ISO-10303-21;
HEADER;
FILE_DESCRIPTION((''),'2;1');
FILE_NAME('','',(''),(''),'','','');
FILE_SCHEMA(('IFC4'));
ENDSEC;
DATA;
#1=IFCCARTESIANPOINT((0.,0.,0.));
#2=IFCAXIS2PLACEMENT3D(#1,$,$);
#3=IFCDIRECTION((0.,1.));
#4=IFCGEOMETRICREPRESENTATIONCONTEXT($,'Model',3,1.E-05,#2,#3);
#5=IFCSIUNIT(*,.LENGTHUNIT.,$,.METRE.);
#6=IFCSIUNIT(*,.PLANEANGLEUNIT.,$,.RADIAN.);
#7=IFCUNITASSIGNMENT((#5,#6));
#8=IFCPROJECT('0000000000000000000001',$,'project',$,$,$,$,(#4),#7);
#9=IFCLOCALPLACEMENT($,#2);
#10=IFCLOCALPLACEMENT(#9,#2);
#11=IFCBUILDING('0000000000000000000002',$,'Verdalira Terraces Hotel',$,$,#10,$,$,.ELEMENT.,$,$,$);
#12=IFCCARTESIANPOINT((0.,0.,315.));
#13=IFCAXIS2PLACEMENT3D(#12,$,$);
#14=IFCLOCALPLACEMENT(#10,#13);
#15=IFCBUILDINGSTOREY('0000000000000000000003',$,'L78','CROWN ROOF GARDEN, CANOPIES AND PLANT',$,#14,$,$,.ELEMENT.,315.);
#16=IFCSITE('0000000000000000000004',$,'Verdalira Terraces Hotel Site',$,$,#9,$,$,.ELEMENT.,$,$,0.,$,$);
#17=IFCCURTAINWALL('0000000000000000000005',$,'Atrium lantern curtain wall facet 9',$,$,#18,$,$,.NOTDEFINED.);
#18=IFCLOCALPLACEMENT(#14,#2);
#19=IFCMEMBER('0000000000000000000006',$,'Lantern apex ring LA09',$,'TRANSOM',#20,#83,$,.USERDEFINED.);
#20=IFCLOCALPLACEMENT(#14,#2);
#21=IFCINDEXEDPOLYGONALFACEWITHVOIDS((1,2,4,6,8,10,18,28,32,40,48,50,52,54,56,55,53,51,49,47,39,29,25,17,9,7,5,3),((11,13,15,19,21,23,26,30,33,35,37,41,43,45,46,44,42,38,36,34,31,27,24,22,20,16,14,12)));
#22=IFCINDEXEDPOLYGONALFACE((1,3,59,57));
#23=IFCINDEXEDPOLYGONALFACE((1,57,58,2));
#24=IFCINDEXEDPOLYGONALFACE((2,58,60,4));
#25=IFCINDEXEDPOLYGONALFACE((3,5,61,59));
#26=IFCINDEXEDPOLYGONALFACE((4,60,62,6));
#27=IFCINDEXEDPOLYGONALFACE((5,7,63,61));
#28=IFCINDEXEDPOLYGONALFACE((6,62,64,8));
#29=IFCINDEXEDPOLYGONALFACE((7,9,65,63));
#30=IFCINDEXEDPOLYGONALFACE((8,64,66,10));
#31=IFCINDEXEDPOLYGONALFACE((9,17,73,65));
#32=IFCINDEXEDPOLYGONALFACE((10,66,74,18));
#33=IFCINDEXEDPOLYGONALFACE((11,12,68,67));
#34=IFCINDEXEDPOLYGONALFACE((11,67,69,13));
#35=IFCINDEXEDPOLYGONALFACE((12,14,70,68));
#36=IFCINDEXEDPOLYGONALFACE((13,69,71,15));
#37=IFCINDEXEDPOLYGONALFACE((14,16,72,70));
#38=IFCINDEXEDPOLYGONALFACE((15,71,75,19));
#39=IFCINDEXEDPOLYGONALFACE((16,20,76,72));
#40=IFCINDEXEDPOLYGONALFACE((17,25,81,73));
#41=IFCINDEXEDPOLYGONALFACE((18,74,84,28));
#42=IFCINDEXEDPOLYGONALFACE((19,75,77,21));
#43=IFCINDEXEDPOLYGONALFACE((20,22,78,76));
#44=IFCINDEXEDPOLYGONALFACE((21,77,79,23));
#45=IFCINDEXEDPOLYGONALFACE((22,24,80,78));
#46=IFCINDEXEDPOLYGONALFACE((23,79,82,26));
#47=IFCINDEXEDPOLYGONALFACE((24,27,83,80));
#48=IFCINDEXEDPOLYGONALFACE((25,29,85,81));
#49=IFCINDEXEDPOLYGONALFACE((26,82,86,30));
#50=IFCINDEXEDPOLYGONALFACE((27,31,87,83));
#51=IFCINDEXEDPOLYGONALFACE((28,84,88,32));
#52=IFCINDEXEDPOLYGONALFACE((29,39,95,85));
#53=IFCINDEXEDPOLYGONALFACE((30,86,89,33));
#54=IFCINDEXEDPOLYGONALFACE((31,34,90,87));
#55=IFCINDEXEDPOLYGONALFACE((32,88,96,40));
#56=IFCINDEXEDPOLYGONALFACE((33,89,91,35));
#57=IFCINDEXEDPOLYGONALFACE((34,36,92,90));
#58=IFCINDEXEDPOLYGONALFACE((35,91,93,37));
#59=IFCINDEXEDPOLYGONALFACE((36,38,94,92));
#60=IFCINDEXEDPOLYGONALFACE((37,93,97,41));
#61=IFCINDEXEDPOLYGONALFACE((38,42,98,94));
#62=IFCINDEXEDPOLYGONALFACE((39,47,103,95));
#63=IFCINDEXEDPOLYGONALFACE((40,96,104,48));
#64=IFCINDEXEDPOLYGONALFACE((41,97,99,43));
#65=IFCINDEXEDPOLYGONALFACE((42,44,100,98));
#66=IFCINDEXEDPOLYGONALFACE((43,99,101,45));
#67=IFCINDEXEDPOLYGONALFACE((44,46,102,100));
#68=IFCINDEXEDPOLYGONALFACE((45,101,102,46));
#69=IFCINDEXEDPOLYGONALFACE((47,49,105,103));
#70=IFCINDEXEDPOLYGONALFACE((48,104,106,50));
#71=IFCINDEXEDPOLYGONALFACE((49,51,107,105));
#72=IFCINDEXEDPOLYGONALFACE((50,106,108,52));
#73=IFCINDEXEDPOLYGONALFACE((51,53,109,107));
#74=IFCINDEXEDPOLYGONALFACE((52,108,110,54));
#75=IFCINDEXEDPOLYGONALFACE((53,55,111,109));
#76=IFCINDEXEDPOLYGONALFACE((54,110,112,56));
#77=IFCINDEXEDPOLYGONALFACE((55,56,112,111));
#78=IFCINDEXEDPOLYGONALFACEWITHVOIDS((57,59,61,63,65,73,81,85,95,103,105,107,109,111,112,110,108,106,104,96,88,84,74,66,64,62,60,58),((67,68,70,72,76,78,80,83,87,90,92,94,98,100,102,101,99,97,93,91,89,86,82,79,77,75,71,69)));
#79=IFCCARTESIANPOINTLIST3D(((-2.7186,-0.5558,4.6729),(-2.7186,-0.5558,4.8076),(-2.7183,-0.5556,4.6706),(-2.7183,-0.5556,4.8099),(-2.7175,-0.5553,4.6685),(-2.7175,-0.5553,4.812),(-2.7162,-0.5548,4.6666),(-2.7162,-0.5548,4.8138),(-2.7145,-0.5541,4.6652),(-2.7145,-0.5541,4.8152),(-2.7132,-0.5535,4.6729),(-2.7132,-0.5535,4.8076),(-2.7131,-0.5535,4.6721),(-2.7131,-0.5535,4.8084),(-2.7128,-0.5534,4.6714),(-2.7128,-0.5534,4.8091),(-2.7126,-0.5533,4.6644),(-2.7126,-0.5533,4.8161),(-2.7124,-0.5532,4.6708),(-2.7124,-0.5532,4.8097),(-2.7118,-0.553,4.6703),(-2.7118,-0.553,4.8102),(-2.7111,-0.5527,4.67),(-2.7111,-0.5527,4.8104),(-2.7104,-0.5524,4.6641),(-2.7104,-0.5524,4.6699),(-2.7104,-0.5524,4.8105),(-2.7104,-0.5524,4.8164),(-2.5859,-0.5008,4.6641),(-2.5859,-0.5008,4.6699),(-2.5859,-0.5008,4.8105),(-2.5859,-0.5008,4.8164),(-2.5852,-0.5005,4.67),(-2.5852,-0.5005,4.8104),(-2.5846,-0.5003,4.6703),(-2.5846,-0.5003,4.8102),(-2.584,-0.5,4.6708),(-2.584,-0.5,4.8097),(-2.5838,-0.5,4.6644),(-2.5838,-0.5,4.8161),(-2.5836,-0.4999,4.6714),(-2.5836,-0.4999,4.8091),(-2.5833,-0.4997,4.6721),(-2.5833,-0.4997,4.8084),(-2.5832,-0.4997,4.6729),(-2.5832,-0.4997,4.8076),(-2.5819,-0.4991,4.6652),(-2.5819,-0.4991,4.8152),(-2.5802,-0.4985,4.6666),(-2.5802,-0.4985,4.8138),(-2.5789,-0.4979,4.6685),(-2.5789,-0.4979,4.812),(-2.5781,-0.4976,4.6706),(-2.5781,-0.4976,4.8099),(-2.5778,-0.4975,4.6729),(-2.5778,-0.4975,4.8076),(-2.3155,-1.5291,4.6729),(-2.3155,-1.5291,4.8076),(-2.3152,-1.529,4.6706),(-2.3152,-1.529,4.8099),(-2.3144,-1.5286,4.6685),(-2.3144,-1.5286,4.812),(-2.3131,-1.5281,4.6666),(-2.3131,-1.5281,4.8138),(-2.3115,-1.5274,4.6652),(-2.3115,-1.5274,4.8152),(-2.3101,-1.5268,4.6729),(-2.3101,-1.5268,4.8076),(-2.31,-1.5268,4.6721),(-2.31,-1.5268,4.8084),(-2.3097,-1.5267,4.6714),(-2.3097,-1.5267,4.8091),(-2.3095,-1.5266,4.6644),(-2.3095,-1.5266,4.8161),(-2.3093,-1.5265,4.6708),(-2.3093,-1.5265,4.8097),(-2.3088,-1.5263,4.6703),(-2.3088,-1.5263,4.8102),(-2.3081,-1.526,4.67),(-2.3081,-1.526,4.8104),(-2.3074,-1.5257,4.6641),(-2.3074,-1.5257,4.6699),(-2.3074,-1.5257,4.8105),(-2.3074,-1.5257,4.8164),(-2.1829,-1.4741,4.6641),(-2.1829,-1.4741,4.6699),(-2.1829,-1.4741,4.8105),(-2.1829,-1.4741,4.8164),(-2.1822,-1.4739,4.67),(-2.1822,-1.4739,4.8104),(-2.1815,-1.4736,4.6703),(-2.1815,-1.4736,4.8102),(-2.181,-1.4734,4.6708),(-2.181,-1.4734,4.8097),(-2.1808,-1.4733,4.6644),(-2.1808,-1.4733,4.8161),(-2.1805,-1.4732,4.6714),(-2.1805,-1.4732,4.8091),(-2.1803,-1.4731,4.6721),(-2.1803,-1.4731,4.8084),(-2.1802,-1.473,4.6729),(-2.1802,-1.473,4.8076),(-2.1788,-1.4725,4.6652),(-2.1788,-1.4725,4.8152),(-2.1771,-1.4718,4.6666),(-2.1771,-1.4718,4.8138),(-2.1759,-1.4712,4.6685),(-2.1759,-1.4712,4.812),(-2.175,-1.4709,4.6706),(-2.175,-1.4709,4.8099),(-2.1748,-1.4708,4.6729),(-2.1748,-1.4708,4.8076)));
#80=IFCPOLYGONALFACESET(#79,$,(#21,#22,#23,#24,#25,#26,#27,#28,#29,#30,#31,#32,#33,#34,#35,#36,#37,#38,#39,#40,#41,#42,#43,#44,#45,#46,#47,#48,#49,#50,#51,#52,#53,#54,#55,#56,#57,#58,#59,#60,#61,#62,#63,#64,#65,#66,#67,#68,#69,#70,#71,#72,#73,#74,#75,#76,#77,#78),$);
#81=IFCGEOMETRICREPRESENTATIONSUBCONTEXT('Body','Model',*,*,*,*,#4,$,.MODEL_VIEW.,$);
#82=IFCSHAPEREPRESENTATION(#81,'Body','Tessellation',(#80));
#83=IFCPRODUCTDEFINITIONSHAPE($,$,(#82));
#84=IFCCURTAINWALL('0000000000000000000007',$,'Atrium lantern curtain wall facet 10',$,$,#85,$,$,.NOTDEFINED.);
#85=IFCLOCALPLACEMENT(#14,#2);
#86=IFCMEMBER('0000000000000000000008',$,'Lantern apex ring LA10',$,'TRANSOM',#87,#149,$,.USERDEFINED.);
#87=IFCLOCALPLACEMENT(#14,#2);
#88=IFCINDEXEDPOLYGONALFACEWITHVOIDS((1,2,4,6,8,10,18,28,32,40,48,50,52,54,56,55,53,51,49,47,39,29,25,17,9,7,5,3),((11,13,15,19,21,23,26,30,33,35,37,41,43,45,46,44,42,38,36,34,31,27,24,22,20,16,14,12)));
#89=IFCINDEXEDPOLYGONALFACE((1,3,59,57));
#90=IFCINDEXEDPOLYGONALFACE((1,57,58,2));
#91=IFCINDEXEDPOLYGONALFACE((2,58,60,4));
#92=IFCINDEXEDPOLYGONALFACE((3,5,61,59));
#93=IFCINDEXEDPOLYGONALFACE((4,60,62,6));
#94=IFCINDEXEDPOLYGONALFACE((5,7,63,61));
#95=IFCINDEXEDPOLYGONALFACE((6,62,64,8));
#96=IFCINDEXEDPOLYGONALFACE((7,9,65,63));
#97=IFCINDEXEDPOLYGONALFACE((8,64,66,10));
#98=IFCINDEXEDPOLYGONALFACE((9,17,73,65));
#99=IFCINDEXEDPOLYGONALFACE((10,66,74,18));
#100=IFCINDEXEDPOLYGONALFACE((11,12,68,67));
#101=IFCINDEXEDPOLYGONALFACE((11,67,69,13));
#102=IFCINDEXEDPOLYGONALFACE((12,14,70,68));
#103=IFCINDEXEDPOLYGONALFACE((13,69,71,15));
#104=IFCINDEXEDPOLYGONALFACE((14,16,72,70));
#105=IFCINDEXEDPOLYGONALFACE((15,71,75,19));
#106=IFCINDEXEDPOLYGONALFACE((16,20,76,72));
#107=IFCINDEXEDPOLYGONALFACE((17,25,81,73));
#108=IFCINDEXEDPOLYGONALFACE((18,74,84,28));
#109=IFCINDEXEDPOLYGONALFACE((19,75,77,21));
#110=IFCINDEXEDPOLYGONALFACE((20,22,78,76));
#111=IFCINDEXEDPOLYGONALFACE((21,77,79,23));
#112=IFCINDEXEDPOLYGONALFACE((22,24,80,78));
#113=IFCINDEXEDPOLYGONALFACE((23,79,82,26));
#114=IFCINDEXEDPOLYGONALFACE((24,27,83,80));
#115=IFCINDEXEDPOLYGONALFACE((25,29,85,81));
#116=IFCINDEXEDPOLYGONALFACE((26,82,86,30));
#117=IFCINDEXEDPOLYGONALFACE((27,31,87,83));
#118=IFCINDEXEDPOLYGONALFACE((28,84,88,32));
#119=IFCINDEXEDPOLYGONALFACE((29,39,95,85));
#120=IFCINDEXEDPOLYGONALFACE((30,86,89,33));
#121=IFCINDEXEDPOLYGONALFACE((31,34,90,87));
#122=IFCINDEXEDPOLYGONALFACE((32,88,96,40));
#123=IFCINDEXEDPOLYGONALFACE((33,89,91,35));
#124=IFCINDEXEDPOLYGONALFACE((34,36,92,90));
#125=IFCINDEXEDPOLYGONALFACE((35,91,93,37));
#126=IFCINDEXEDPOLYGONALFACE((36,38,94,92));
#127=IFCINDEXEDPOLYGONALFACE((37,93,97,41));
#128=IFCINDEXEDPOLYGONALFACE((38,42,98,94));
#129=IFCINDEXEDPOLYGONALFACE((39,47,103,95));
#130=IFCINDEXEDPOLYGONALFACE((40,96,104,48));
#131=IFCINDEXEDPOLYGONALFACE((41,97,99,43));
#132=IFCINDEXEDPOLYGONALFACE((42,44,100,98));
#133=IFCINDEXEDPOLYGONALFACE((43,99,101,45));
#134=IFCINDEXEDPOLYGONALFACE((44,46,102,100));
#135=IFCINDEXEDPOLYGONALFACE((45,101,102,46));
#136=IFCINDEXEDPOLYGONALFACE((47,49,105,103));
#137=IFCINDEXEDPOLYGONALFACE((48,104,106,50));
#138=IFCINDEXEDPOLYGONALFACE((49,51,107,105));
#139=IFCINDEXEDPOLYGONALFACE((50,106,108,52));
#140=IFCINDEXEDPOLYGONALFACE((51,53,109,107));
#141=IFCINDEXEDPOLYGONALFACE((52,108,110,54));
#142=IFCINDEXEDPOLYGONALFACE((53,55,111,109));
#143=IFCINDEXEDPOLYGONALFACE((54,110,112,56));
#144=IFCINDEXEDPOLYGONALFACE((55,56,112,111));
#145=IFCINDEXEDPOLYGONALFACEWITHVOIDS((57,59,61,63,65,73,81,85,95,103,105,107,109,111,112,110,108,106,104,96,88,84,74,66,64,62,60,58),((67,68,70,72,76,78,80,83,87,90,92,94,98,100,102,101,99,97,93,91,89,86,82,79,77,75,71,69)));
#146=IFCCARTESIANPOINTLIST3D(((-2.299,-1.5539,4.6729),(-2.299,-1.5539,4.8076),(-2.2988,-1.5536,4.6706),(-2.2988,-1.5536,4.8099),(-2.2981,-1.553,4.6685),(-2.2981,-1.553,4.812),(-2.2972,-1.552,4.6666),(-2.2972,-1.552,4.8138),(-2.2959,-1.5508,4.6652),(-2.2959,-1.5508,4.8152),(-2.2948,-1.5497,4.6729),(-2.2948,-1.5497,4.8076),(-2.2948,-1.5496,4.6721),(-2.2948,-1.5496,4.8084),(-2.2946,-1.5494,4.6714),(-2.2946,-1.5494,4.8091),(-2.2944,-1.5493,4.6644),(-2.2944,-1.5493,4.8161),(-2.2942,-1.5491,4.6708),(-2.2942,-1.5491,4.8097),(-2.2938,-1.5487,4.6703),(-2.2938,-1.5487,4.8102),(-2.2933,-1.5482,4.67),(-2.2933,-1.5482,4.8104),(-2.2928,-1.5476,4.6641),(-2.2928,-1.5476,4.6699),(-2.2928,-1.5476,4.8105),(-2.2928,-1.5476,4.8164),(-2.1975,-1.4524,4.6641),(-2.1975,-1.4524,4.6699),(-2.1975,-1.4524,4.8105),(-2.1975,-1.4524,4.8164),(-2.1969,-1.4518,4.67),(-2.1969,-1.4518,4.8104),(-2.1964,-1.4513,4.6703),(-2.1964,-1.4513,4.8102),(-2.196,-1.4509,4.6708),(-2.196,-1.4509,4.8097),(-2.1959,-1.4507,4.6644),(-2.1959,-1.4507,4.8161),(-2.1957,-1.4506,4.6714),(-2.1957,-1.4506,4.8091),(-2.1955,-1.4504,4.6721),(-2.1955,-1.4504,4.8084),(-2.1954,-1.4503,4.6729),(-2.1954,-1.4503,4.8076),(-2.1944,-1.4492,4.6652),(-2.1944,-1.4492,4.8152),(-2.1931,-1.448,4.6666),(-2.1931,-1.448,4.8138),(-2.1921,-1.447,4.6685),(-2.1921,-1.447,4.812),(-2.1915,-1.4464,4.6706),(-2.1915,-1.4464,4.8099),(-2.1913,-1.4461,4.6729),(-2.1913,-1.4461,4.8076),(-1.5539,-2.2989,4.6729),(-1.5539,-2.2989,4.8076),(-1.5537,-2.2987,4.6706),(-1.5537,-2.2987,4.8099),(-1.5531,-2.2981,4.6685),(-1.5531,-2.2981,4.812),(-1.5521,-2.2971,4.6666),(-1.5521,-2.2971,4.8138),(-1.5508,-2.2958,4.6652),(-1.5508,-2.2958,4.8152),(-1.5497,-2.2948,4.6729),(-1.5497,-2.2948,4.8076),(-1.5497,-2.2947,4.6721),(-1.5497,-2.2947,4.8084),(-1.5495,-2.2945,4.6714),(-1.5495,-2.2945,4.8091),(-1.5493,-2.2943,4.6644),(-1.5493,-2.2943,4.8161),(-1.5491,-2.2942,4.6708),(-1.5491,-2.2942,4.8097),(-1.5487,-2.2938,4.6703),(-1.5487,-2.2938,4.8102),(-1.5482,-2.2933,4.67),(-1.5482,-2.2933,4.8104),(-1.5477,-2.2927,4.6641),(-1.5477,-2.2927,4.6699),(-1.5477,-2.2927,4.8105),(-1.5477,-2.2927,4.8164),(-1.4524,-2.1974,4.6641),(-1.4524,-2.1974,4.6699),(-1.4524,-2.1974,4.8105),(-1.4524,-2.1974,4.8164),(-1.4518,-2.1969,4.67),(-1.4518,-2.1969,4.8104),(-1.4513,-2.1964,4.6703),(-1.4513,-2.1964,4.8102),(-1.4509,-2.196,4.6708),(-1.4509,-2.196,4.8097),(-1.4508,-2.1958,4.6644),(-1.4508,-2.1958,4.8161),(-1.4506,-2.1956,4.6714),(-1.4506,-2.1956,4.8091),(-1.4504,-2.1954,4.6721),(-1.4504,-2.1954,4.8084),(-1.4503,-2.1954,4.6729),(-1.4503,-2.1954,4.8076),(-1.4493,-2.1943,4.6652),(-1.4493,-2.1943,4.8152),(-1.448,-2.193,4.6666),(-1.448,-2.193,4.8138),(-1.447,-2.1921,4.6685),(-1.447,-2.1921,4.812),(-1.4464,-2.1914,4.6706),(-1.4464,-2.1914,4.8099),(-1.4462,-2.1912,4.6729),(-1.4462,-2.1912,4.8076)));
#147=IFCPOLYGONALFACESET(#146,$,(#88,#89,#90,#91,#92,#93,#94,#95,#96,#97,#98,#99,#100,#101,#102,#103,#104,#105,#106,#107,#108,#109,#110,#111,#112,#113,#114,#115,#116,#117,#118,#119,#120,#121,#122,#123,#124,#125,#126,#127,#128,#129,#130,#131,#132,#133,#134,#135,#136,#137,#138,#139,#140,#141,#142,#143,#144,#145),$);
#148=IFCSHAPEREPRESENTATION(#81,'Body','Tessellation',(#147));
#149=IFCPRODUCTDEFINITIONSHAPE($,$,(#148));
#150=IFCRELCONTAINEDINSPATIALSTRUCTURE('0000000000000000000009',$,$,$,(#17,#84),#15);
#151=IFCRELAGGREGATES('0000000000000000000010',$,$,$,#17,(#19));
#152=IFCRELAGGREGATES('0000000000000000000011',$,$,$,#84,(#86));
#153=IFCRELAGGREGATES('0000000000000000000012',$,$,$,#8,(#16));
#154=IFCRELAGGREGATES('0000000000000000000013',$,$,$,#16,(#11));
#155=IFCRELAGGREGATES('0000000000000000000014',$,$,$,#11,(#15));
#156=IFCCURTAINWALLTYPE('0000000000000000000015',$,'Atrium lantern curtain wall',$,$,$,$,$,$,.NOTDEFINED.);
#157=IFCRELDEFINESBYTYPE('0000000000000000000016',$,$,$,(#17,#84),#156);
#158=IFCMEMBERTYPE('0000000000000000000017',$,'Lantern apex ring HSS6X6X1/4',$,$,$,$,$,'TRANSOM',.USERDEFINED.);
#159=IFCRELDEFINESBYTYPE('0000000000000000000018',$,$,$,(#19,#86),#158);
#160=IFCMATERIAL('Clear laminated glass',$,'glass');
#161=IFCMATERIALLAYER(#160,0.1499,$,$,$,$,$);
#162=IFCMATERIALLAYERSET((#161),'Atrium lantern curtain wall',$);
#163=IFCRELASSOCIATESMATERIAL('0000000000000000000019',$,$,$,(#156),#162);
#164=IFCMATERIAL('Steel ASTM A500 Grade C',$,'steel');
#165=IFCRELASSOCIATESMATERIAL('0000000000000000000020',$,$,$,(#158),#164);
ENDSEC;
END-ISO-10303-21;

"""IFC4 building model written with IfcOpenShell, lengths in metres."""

from ifc_helpers import new_model, si_unit, direction, frame, origin, origin_2d, place, context, subcontext, project, spatial, hollow_rectangle, extrude, material, layer, layer_set, material_profile, profile_set, type_object, element, aggregate, save


model = new_model("IFC4")

# Units and contexts
model_context = context("Model", 3, precision=1e-05, world=origin(), true_north=direction((0.0, 1.0)))
body_context = subcontext(model_context, "Body", "Model", "MODEL_VIEW")
ifc_project = project(units=[si_unit("LENGTHUNIT", "METRE"), si_unit("PLANEANGLEUNIT", "RADIAN")], contexts=[model_context])

# Site, building, storey
site_placement = place(None, origin())
site = spatial("IfcSite", under=ifc_project, at=site_placement, Name="Verdalira Terraces Hotel Site", CompositionType="ELEMENT", RefElevation=0.0)
building_placement = place(site_placement, origin())
building = spatial("IfcBuilding", under=site, at=building_placement, Name="Verdalira Terraces Hotel", CompositionType="ELEMENT")
storey_placement = place(building_placement, frame((0.0, 0.0, 315.0)))
storey = spatial("IfcBuildingStorey", under=building, at=storey_placement, Name="L78", Description="CROWN ROOF GARDEN, CANOPIES AND PLANT", CompositionType="ELEMENT", Elevation=315.0)

# Curtain walls, members
ifc_material_1 = material(Name="Clear laminated glass", Category="glass")
ifc_layer_1 = layer(ifc_material_1, 0.1499)
ifc_layer_set_1 = layer_set([ifc_layer_1], Name="Atrium lantern curtain wall")
curtain_wall_type = type_object("IfcCurtainWallType", Name="Atrium lantern curtain wall", PredefinedType="NOTDEFINED", material=ifc_layer_set_1)
curtain_wall_1_placement = place(storey_placement, origin())
curtain_wall_1 = element("IfcCurtainWall", 1, at=curtain_wall_1_placement, inside=storey, type_object=curtain_wall_type, Name="Atrium lantern curtain wall facet 9", PredefinedType="NOTDEFINED")
ifc_material_2 = material(Name="Steel ASTM A500 Grade C", Category="steel")
ifc_material_profile_1 = material_profile(ifc_material_2, hollow_rectangle(XDim=0.1523, YDim=0.1523, WallThickness=0.0059, InnerFilletRadius=0.0029, OuterFilletRadius=0.0088, at=origin_2d()), Name="HSS6X6X1/4")
ifc_profile_set_1 = profile_set([ifc_material_profile_1], Name="Steel ASTM A500 Grade C")
member_type_1 = type_object("IfcMemberType", Name="Lantern apex ring HSS6X6X1/4", ElementType="TRANSOM", PredefinedType="USERDEFINED", material=ifc_profile_set_1)
member_1_placement = place(storey_placement, frame((-2.6482, -0.5266, 4.7402), z_axis=(0.382591, -0.923918, 0.0), x_axis=(0.923918, 0.382591, 0.0)))
member_1 = element("IfcMember", 2, at=member_1_placement, type_object=member_type_1, Name="Lantern apex ring LA09", ObjectType="TRANSOM", PredefinedType="USERDEFINED", context=body_context, shape_type="SweptSolid", body=[
    extrude(hollow_rectangle(XDim=0.1523, YDim=0.1523, WallThickness=0.0059, InnerFilletRadius=0.0029, OuterFilletRadius=0.0088, at=origin_2d()), origin(), (0.0, 0.0, 1.0), 1.0535),
])
aggregate(curtain_wall_1, [member_1])
curtain_wall_2_placement = place(storey_placement, origin())
curtain_wall_2 = element("IfcCurtainWall", 3, at=curtain_wall_2_placement, inside=storey, type_object=curtain_wall_type, Name="Atrium lantern curtain wall facet 10", PredefinedType="NOTDEFINED")
member_2_placement = place(storey_placement, frame((-2.2451, -1.5, 4.7402), z_axis=(0.707107, -0.707107, 0.0), x_axis=(0.707107, 0.707107, 0.0)))
member_2 = element("IfcMember", 4, at=member_2_placement, type_object=member_type_1, Name="Lantern apex ring LA10", ObjectType="TRANSOM", PredefinedType="USERDEFINED", context=body_context, shape_type="SweptSolid", body=[
    extrude(hollow_rectangle(XDim=0.1523, YDim=0.1523, WallThickness=0.0059, InnerFilletRadius=0.0029, OuterFilletRadius=0.0088, at=origin_2d()), origin(), (0.0, 0.0, 1.0), 1.0537),
])
aggregate(curtain_wall_2, [member_2])

save(model, "model.ifc")
